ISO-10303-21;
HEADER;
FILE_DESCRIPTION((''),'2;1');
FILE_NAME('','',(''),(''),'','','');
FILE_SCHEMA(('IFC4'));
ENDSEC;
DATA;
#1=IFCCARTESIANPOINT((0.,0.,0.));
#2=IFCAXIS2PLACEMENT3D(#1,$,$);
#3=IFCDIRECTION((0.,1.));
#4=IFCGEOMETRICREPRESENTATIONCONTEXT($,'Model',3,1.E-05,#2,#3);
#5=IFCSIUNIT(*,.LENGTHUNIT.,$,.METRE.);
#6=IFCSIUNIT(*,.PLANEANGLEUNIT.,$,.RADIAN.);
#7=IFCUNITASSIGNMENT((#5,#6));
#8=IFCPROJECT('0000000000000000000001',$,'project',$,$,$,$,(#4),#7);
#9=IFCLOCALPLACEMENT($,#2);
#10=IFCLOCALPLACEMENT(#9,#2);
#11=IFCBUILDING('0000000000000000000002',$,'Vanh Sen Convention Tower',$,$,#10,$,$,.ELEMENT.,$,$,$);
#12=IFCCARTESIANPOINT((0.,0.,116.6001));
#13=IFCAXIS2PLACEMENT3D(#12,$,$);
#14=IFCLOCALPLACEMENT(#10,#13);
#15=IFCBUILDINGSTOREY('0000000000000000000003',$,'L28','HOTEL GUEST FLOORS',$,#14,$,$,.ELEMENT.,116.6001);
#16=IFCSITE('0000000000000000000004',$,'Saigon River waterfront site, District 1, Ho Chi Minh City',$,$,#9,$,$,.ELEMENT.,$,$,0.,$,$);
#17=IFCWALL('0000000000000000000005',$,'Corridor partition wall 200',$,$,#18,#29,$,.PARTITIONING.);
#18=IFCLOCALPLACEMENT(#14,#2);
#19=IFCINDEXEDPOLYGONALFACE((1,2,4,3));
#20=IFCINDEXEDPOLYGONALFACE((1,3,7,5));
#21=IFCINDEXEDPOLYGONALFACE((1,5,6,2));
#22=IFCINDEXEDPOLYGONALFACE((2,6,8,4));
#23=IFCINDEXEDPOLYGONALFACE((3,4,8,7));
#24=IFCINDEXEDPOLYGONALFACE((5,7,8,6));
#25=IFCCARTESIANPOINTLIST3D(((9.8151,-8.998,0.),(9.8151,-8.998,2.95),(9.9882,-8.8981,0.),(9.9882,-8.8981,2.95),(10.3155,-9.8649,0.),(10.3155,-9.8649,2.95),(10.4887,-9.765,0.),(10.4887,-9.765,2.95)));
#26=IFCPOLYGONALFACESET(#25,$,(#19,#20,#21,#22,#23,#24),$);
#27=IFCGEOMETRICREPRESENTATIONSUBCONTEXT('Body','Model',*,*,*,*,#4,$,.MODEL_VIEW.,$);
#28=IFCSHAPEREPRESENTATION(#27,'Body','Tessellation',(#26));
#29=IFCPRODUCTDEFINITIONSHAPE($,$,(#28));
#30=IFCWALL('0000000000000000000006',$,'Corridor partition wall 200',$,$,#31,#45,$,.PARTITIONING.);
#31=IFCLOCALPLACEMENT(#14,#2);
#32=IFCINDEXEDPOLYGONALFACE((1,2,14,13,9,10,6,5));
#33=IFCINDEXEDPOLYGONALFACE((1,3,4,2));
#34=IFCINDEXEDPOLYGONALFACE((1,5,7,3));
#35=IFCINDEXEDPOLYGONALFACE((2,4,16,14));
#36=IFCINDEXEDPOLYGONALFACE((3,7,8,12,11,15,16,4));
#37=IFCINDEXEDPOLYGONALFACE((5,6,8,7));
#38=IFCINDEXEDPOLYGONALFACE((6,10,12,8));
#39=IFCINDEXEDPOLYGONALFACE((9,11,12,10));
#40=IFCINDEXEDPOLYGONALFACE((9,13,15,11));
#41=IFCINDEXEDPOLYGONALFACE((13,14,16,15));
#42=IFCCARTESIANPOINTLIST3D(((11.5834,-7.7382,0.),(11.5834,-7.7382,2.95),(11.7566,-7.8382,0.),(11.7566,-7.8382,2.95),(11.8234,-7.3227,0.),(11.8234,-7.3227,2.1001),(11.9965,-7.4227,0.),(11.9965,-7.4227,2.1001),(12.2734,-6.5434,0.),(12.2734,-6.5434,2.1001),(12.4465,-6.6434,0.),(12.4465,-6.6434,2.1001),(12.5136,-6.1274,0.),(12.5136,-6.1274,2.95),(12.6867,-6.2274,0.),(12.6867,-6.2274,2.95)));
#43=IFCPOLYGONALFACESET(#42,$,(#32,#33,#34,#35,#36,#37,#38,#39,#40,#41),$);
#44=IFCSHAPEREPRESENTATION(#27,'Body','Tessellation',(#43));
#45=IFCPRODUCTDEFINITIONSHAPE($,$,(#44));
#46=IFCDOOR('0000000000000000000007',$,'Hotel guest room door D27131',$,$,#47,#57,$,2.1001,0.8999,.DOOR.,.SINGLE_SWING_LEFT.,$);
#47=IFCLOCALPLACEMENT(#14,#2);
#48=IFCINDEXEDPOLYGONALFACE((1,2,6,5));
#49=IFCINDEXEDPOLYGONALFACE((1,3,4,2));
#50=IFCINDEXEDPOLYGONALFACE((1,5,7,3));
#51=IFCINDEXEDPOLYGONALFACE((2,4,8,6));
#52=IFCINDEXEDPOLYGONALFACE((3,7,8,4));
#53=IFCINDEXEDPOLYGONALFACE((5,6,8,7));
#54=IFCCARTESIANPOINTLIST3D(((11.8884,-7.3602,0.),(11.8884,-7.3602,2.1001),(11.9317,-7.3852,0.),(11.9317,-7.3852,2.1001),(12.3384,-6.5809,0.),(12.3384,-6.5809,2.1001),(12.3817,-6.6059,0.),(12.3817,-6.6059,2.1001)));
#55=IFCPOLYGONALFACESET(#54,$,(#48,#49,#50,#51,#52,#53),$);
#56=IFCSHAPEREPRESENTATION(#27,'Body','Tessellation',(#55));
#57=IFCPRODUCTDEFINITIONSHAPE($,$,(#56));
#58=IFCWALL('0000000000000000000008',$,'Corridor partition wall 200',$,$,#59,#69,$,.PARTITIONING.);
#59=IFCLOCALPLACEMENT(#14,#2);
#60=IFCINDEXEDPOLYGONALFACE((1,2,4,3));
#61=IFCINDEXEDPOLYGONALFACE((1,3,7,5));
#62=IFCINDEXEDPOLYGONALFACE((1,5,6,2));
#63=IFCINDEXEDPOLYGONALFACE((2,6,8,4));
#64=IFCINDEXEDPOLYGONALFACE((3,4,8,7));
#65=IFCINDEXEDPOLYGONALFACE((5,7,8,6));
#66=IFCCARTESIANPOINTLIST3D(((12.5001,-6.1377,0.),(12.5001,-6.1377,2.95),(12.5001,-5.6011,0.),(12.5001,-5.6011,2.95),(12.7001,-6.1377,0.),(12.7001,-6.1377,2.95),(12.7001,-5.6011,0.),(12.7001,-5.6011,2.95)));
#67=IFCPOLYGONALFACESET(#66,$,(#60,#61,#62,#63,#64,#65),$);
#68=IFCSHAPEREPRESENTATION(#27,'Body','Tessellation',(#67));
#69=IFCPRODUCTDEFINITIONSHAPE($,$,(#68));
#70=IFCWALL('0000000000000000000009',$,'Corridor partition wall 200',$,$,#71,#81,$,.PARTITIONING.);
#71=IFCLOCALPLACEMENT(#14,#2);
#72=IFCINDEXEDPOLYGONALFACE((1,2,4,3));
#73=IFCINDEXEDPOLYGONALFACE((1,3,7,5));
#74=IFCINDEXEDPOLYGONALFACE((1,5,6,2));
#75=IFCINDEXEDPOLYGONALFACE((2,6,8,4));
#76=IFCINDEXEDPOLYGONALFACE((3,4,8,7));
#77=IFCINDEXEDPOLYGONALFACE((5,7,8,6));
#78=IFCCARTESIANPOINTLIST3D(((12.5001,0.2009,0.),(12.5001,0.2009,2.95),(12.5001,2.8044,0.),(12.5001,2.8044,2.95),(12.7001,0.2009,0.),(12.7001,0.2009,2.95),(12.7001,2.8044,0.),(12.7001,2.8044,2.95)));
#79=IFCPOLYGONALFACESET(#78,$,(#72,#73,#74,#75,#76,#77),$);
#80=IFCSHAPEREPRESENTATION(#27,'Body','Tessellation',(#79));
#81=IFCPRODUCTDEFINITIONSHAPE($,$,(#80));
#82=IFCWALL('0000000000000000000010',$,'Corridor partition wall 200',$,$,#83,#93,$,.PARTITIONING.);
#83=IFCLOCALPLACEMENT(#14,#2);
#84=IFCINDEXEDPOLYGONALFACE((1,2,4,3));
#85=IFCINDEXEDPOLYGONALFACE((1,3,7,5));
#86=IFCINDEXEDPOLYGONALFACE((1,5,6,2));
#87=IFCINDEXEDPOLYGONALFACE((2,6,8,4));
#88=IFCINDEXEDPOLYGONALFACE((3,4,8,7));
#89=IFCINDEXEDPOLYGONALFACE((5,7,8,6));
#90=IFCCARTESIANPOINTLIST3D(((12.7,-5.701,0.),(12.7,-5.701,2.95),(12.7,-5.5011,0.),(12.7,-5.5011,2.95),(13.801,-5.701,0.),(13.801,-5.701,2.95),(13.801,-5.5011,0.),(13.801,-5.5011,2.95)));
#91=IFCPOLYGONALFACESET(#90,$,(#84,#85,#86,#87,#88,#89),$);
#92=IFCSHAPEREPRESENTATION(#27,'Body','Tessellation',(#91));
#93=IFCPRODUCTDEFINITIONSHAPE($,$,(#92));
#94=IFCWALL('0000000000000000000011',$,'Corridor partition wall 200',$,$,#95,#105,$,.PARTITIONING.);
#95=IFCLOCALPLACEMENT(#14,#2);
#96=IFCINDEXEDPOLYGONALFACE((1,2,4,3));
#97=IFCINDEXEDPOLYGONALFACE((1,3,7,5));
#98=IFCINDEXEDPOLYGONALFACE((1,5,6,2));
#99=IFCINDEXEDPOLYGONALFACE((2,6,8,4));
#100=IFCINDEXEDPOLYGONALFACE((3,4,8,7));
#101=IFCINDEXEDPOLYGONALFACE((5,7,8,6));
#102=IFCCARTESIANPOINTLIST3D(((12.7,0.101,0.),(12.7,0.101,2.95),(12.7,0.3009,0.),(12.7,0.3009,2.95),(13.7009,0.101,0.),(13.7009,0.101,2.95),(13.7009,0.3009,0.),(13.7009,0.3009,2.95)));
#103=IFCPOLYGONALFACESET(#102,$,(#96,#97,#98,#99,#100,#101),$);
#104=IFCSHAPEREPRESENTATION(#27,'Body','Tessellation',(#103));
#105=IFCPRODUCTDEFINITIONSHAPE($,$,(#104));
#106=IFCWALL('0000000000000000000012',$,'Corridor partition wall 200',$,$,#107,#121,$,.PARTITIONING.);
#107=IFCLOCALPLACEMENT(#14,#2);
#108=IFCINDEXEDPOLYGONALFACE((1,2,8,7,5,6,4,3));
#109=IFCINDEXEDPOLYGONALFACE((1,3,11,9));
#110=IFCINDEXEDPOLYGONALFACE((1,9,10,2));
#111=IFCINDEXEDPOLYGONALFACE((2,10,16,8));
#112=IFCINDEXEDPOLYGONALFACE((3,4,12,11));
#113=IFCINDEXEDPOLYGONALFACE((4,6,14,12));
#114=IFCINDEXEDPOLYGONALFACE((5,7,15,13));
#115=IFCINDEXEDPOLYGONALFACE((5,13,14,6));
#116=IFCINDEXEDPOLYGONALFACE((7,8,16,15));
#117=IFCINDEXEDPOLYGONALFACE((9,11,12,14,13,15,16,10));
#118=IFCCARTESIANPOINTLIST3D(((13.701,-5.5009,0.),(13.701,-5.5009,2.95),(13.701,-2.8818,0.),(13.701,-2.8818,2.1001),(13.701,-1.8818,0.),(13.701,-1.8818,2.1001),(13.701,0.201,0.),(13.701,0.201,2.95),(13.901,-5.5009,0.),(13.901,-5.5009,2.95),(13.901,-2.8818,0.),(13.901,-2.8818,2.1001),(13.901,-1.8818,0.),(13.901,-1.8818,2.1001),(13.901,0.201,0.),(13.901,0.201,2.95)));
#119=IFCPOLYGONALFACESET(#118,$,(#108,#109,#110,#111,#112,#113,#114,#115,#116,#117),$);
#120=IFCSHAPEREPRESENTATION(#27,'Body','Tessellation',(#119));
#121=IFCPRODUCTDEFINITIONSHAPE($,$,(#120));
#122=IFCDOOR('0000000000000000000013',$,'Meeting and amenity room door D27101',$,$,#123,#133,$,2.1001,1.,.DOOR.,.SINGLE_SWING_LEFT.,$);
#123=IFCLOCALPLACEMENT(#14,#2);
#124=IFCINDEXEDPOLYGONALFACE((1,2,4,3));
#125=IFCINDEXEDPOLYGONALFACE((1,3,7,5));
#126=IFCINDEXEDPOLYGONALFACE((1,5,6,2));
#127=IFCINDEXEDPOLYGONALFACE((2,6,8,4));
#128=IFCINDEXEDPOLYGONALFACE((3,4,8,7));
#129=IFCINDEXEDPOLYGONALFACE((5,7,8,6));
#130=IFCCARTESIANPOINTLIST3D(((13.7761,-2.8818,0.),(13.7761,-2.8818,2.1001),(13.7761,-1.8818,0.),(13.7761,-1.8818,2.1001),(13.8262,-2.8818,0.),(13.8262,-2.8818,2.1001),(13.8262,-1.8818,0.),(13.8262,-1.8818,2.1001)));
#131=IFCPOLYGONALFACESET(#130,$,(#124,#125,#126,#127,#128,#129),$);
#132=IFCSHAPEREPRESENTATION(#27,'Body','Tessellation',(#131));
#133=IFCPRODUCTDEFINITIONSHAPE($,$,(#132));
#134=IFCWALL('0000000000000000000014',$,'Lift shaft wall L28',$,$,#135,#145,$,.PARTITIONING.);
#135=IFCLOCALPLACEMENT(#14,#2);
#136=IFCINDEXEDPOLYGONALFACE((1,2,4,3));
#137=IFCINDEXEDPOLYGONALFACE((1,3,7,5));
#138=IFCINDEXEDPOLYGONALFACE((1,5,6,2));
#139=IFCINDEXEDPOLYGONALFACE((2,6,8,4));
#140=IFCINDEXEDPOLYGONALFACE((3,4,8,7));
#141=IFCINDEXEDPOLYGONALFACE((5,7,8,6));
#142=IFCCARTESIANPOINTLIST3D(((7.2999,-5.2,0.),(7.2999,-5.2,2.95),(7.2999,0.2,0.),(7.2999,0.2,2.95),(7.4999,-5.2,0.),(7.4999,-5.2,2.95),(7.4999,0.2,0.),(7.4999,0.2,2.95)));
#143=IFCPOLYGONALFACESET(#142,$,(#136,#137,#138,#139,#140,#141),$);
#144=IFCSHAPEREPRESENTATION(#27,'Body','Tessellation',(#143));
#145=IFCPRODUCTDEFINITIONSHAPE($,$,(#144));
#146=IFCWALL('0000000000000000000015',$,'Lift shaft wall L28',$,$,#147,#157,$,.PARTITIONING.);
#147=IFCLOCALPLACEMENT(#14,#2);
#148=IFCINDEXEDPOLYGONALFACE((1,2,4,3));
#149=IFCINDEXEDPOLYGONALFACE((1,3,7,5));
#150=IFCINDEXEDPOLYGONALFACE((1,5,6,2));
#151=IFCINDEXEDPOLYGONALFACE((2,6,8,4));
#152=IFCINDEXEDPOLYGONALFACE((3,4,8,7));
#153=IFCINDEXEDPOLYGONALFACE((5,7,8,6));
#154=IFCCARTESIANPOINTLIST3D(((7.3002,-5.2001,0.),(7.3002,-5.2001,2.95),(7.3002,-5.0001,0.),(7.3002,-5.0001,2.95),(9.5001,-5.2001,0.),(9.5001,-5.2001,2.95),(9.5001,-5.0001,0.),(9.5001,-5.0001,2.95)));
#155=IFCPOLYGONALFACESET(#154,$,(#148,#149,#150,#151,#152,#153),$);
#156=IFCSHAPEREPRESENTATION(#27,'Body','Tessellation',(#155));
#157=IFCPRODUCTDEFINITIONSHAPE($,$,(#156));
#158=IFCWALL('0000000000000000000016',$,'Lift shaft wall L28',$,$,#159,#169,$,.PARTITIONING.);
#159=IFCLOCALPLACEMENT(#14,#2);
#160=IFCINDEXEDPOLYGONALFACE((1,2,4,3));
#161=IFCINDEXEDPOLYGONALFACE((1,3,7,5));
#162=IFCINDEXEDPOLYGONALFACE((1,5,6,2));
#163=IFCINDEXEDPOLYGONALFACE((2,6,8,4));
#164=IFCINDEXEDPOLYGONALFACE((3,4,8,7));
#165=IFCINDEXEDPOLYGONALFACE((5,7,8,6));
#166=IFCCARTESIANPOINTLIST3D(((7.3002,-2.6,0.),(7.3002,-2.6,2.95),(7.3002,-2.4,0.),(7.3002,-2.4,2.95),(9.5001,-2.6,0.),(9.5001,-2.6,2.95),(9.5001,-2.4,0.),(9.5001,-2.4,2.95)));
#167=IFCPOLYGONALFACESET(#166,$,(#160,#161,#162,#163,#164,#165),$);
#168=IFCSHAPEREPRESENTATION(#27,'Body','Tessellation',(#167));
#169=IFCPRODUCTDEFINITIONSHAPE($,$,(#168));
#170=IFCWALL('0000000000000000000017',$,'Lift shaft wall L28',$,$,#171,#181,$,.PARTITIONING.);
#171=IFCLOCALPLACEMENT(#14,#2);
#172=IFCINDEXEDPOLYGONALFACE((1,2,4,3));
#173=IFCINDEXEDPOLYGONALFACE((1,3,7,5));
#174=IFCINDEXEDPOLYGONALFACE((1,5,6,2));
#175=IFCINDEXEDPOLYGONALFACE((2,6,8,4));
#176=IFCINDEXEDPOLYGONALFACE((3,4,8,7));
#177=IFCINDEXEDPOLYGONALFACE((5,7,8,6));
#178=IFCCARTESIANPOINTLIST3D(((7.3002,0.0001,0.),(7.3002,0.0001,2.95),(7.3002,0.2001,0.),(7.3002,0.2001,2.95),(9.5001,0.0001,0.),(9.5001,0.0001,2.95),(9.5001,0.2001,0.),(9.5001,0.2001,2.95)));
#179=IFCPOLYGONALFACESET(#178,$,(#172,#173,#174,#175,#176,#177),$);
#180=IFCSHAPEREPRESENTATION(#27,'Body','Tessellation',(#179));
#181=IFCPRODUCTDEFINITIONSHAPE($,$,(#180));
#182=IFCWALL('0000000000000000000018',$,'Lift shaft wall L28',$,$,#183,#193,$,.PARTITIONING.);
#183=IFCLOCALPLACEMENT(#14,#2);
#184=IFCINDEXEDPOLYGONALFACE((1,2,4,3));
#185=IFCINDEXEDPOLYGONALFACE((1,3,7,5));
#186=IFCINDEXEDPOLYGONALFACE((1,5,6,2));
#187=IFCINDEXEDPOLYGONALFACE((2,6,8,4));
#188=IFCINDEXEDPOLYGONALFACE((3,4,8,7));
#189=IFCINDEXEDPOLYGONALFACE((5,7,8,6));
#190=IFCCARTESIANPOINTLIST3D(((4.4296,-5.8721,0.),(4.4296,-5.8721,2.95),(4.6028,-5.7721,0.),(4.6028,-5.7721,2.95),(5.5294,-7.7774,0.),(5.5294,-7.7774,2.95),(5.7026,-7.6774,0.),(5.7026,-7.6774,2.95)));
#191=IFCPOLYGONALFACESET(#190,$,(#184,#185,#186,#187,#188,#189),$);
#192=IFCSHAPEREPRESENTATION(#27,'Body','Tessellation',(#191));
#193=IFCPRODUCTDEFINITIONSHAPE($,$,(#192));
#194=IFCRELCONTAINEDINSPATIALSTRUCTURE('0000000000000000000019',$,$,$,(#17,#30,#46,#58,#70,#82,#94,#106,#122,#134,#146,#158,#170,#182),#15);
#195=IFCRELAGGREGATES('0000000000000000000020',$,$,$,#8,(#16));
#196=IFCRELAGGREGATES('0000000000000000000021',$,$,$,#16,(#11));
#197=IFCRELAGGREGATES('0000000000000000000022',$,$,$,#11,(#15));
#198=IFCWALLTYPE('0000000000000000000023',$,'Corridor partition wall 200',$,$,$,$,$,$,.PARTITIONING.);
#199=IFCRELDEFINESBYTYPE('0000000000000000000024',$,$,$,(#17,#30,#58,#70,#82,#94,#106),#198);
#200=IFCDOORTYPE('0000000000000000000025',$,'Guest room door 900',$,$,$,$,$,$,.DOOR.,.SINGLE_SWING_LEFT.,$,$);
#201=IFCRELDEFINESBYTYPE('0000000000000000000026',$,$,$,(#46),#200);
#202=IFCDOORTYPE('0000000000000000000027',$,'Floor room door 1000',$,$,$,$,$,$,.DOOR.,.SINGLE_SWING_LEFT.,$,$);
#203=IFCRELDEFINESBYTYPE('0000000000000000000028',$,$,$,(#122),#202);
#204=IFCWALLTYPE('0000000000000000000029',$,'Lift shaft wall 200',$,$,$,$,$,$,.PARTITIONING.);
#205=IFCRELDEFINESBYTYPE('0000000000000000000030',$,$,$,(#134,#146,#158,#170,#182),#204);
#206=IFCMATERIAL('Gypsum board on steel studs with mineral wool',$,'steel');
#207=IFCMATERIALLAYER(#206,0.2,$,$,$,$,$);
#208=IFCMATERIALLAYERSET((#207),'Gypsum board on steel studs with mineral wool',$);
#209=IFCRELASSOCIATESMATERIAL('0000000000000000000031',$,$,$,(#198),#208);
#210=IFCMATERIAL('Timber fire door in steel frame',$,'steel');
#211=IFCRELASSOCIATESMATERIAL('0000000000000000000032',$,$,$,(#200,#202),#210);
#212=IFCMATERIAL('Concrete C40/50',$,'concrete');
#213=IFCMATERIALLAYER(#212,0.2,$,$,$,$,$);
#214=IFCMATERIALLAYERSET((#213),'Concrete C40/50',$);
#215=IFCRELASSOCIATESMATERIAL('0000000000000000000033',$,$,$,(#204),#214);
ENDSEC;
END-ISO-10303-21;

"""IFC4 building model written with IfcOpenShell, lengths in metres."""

from ifc_helpers import new_model, si_unit, direction, frame, frame_2d, origin, place, context, subcontext, project, spatial, rectangle, extrude, material, layer, layer_set, type_object, element, fill, save


model = new_model("IFC4")

# Units and contexts
model_context = context("Model", 3, precision=1e-05, world=origin(), true_north=direction((0.0, 1.0)))
body_context = subcontext(model_context, "Body", "Model", "MODEL_VIEW")
ifc_project = project(units=[si_unit("LENGTHUNIT", "METRE"), si_unit("PLANEANGLEUNIT", "RADIAN")], contexts=[model_context])

# Site, building, storey
site_placement = place(None, origin())
site = spatial("IfcSite", under=ifc_project, at=site_placement, Name="Saigon River waterfront site, District 1, Ho Chi Minh City", CompositionType="ELEMENT", RefElevation=0.0)
building_placement = place(site_placement, origin())
building = spatial("IfcBuilding", under=site, at=building_placement, Name="Vanh Sen Convention Tower", CompositionType="ELEMENT")
storey_placement = place(building_placement, frame((0.0, 0.0, 116.6001)))
storey = spatial("IfcBuildingStorey", under=building, at=storey_placement, Name="L28", Description="HOTEL GUEST FLOORS", CompositionType="ELEMENT", Elevation=116.6001)

# Shared definitions
ifc_material_1 = material(Name="Gypsum board on steel studs with mineral wool", Category="steel")
ifc_layer_1 = layer(ifc_material_1, 0.2)
ifc_layer_set_1 = layer_set([ifc_layer_1], Name="Gypsum board on steel studs with mineral wool")
wall_type_1 = type_object("IfcWallType", Name="Corridor partition wall 200", PredefinedType="PARTITIONING", material=ifc_layer_set_1)

# Shared definitions
ifc_material_2 = material(Name="Timber fire door in steel frame", Category="steel")
door_type_1 = type_object("IfcDoorType", Name="Guest room door 900", OperationType="SINGLE_SWING_LEFT", PredefinedType="DOOR", material=ifc_material_2)

# Wall
wall_1_placement = place(storey_placement, frame((10.4021, -9.8149, 0.0), z_axis=(0.0, 0.0, 1.0), x_axis=(-0.499969, 0.866043, 0.0)))
element("IfcWall", 1, at=wall_1_placement, inside=storey, type_object=wall_type_1, Name="Corridor partition wall 200", PredefinedType="PARTITIONING", context=body_context, shape_type="SweptSolid", body=[
    extrude(rectangle(XDim=1.001, YDim=0.2, at=frame_2d((0.5005, 0.0))), origin(), (0.0, 0.0, 1.0), 2.95),
])

# Wall, opening, door
wall_2_placement = place(storey_placement, frame((11.6699, -7.7883, 0.0), z_axis=(0.0, 0.0, 1.0), x_axis=(0.500063, 0.865989, 0.0)))
wall_2 = element("IfcWall", 2, at=wall_2_placement, inside=storey, type_object=wall_type_1, Name="Corridor partition wall 200", PredefinedType="PARTITIONING", context=body_context, shape_type="SweptSolid", body=[
    extrude(rectangle(XDim=1.8601, YDim=0.2, at=frame_2d((0.9302, 0.0))), origin(), (0.0, 0.0, 1.0), 2.95),
])
opening_1_placement = place(wall_2_placement, frame((0.48, 0.0, 0.0)))
opening_1 = element("IfcOpeningElement", 3, at=opening_1_placement, cuts=wall_2, PredefinedType="OPENING", context=body_context, shape_type="SweptSolid", body=[
    extrude(rectangle(XDim=0.8999, YDim=2.1001, at=frame_2d((0.45, 1.05))), frame((0.0, 0.1099, 0.0), z_axis=(0.0, -1.0, 0.0), x_axis=(1.0, 0.0, 0.0)), (0.0, 0.0, 1.0), 0.22),
])
door_1_placement = place(opening_1_placement, origin())
door_1 = element("IfcDoor", 4, at=door_1_placement, inside=storey, type_object=door_type_1, Name="Hotel guest room door D27131", OperationType="SINGLE_SWING_LEFT", OverallHeight=2.1001, OverallWidth=0.8999, PredefinedType="DOOR", context=body_context, shape_type="SweptSolid", body=[
    extrude(rectangle(XDim=0.8999, YDim=2.1001, at=frame_2d((0.45, 1.05))), frame((0.0, 0.0249, 0.0), z_axis=(0.0, -1.0, 0.0), x_axis=(1.0, 0.0, 0.0)), (0.0, 0.0, 1.0), 0.05),
])
fill(opening_1, door_1)

# Walls
wall_3_placement = place(storey_placement, frame((12.6001, -6.1377, 0.0), z_axis=(0.0, 0.0, 1.0), x_axis=(0.0, 1.0, 0.0)))
element("IfcWall", 5, at=wall_3_placement, inside=storey, type_object=wall_type_1, Name="Corridor partition wall 200", PredefinedType="PARTITIONING", context=body_context, shape_type="SweptSolid", body=[
    extrude(rectangle(XDim=0.5366, YDim=0.2, at=frame_2d((0.2683, 0.0))), origin(), (0.0, 0.0, 1.0), 2.95),
])
wall_4_placement = place(storey_placement, frame((12.6001, 0.2009, 0.0), z_axis=(0.0, 0.0, 1.0), x_axis=(0.0, 1.0, 0.0)))
element("IfcWall", 6, at=wall_4_placement, inside=storey, type_object=wall_type_1, Name="Corridor partition wall 200", PredefinedType="PARTITIONING", context=body_context, shape_type="SweptSolid", body=[
    extrude(rectangle(XDim=2.6035, YDim=0.2, at=frame_2d((1.3018, 0.0))), origin(), (0.0, 0.0, 1.0), 2.95),
])
wall_5_placement = place(storey_placement, frame((12.7, -5.6011, 0.0), z_axis=(0.0, 0.0, 1.0), x_axis=(1.0, 0.0, 0.0)))
element("IfcWall", 7, at=wall_5_placement, inside=storey, type_object=wall_type_1, Name="Corridor partition wall 200", PredefinedType="PARTITIONING", context=body_context, shape_type="SweptSolid", body=[
    extrude(rectangle(XDim=1.1011, YDim=0.2, at=frame_2d((0.5505, 0.0))), origin(), (0.0, 0.0, 1.0), 2.95),
])
wall_6_placement = place(storey_placement, frame((13.7009, 0.2009, 0.0), z_axis=(0.0, 0.0, 1.0), x_axis=(-1.0, 0.0, 0.0)))
element("IfcWall", 8, at=wall_6_placement, inside=storey, type_object=wall_type_1, Name="Corridor partition wall 200", PredefinedType="PARTITIONING", context=body_context, shape_type="SweptSolid", body=[
    extrude(rectangle(XDim=1.001, YDim=0.2, at=frame_2d((0.5005, 0.0))), origin(), (0.0, 0.0, 1.0), 2.95),
])

# Wall, opening, door
wall_7_placement = place(storey_placement, frame((13.801, -5.501, 0.0), z_axis=(0.0, 0.0, 1.0), x_axis=(0.0, 1.0, 0.0)))
wall_7 = element("IfcWall", 9, at=wall_7_placement, inside=storey, type_object=wall_type_1, Name="Corridor partition wall 200", PredefinedType="PARTITIONING", context=body_context, shape_type="SweptSolid", body=[
    extrude(rectangle(XDim=5.7019, YDim=0.2, at=frame_2d((2.8511, 0.0))), origin(), (0.0, 0.0, 1.0), 2.95),
])
opening_2_placement = place(wall_7_placement, frame((2.6191, 0.0, 0.0)))
opening_2 = element("IfcOpeningElement", 10, at=opening_2_placement, cuts=wall_7, PredefinedType="OPENING", context=body_context, shape_type="SweptSolid", body=[
    extrude(rectangle(XDim=1.0, YDim=2.1001, at=frame_2d((0.5, 1.05))), frame((0.0, 0.1099, 0.0), z_axis=(0.0, -1.0, 0.0), x_axis=(1.0, 0.0, 0.0)), (0.0, 0.0, 1.0), 0.22),
])
door_type_2 = type_object("IfcDoorType", Name="Floor room door 1000", OperationType="SINGLE_SWING_LEFT", PredefinedType="DOOR", material=ifc_material_2)
door_2_placement = place(opening_2_placement, origin())
door_2 = element("IfcDoor", 11, at=door_2_placement, inside=storey, type_object=door_type_2, Name="Meeting and amenity room door D27101", OperationType="SINGLE_SWING_LEFT", OverallHeight=2.1001, OverallWidth=1.0, PredefinedType="DOOR", context=body_context, shape_type="SweptSolid", body=[
    extrude(rectangle(XDim=1.0, YDim=2.1001, at=frame_2d((0.5, 1.05))), frame((0.0, 0.0249, 0.0), z_axis=(0.0, -1.0, 0.0), x_axis=(1.0, 0.0, 0.0)), (0.0, 0.0, 1.0), 0.05),
])
fill(opening_2, door_2)

# Walls
ifc_material_3 = material(Name="Concrete C40/50", Category="concrete")
ifc_layer_2 = layer(ifc_material_3, 0.2)
ifc_layer_set_2 = layer_set([ifc_layer_2], Name="Concrete C40/50")
wall_type_2 = type_object("IfcWallType", Name="Lift shaft wall 200", PredefinedType="PARTITIONING", material=ifc_layer_set_2)
wall_8_placement = place(storey_placement, frame((7.3999, -5.2, 0.0), z_axis=(0.0, 0.0, 1.0), x_axis=(0.0, 1.0, 0.0)))
element("IfcWall", 12, at=wall_8_placement, inside=storey, type_object=wall_type_2, Name="Lift shaft wall L28", PredefinedType="PARTITIONING", context=body_context, shape_type="SweptSolid", body=[
    extrude(rectangle(XDim=5.3999, YDim=0.2, at=frame_2d((2.7, 0.0))), origin(), (0.0, 0.0, 1.0), 2.95),
])
for number, where, z_axis, x_axis, name in (
    (13, (7.3, -5.1001, 0.0), (0.0, 0.0, 1.0), (1.0, 0.0, 0.0), "Lift shaft wall L28"),
    (14, (7.3, -2.5, 0.0), (0.0, 0.0, 1.0), (1.0, 0.0, 0.0), "Lift shaft wall L28"),
    (15, (7.3, 0.1001, 0.0), (0.0, 0.0, 1.0), (1.0, 0.0, 0.0), "Lift shaft wall L28"),
    (16, (4.5161, -5.822, 0.0), (0.0, 0.0, 1.0), (0.499947, -0.866056, 0.0), "Lift shaft wall L28"),
):
    element("IfcWall", number, at=place(storey_placement, frame(where, z_axis=z_axis, x_axis=x_axis)), inside=storey, type_object=wall_type_2, Name=name, PredefinedType="PARTITIONING", context=body_context, shape_type="SweptSolid", body=[
        extrude(rectangle(XDim=2.2, YDim=0.2, at=frame_2d((1.1001, 0.0))), origin(), (0.0, 0.0, 1.0), 2.95),
    ])

save(model, "model.ifc")
